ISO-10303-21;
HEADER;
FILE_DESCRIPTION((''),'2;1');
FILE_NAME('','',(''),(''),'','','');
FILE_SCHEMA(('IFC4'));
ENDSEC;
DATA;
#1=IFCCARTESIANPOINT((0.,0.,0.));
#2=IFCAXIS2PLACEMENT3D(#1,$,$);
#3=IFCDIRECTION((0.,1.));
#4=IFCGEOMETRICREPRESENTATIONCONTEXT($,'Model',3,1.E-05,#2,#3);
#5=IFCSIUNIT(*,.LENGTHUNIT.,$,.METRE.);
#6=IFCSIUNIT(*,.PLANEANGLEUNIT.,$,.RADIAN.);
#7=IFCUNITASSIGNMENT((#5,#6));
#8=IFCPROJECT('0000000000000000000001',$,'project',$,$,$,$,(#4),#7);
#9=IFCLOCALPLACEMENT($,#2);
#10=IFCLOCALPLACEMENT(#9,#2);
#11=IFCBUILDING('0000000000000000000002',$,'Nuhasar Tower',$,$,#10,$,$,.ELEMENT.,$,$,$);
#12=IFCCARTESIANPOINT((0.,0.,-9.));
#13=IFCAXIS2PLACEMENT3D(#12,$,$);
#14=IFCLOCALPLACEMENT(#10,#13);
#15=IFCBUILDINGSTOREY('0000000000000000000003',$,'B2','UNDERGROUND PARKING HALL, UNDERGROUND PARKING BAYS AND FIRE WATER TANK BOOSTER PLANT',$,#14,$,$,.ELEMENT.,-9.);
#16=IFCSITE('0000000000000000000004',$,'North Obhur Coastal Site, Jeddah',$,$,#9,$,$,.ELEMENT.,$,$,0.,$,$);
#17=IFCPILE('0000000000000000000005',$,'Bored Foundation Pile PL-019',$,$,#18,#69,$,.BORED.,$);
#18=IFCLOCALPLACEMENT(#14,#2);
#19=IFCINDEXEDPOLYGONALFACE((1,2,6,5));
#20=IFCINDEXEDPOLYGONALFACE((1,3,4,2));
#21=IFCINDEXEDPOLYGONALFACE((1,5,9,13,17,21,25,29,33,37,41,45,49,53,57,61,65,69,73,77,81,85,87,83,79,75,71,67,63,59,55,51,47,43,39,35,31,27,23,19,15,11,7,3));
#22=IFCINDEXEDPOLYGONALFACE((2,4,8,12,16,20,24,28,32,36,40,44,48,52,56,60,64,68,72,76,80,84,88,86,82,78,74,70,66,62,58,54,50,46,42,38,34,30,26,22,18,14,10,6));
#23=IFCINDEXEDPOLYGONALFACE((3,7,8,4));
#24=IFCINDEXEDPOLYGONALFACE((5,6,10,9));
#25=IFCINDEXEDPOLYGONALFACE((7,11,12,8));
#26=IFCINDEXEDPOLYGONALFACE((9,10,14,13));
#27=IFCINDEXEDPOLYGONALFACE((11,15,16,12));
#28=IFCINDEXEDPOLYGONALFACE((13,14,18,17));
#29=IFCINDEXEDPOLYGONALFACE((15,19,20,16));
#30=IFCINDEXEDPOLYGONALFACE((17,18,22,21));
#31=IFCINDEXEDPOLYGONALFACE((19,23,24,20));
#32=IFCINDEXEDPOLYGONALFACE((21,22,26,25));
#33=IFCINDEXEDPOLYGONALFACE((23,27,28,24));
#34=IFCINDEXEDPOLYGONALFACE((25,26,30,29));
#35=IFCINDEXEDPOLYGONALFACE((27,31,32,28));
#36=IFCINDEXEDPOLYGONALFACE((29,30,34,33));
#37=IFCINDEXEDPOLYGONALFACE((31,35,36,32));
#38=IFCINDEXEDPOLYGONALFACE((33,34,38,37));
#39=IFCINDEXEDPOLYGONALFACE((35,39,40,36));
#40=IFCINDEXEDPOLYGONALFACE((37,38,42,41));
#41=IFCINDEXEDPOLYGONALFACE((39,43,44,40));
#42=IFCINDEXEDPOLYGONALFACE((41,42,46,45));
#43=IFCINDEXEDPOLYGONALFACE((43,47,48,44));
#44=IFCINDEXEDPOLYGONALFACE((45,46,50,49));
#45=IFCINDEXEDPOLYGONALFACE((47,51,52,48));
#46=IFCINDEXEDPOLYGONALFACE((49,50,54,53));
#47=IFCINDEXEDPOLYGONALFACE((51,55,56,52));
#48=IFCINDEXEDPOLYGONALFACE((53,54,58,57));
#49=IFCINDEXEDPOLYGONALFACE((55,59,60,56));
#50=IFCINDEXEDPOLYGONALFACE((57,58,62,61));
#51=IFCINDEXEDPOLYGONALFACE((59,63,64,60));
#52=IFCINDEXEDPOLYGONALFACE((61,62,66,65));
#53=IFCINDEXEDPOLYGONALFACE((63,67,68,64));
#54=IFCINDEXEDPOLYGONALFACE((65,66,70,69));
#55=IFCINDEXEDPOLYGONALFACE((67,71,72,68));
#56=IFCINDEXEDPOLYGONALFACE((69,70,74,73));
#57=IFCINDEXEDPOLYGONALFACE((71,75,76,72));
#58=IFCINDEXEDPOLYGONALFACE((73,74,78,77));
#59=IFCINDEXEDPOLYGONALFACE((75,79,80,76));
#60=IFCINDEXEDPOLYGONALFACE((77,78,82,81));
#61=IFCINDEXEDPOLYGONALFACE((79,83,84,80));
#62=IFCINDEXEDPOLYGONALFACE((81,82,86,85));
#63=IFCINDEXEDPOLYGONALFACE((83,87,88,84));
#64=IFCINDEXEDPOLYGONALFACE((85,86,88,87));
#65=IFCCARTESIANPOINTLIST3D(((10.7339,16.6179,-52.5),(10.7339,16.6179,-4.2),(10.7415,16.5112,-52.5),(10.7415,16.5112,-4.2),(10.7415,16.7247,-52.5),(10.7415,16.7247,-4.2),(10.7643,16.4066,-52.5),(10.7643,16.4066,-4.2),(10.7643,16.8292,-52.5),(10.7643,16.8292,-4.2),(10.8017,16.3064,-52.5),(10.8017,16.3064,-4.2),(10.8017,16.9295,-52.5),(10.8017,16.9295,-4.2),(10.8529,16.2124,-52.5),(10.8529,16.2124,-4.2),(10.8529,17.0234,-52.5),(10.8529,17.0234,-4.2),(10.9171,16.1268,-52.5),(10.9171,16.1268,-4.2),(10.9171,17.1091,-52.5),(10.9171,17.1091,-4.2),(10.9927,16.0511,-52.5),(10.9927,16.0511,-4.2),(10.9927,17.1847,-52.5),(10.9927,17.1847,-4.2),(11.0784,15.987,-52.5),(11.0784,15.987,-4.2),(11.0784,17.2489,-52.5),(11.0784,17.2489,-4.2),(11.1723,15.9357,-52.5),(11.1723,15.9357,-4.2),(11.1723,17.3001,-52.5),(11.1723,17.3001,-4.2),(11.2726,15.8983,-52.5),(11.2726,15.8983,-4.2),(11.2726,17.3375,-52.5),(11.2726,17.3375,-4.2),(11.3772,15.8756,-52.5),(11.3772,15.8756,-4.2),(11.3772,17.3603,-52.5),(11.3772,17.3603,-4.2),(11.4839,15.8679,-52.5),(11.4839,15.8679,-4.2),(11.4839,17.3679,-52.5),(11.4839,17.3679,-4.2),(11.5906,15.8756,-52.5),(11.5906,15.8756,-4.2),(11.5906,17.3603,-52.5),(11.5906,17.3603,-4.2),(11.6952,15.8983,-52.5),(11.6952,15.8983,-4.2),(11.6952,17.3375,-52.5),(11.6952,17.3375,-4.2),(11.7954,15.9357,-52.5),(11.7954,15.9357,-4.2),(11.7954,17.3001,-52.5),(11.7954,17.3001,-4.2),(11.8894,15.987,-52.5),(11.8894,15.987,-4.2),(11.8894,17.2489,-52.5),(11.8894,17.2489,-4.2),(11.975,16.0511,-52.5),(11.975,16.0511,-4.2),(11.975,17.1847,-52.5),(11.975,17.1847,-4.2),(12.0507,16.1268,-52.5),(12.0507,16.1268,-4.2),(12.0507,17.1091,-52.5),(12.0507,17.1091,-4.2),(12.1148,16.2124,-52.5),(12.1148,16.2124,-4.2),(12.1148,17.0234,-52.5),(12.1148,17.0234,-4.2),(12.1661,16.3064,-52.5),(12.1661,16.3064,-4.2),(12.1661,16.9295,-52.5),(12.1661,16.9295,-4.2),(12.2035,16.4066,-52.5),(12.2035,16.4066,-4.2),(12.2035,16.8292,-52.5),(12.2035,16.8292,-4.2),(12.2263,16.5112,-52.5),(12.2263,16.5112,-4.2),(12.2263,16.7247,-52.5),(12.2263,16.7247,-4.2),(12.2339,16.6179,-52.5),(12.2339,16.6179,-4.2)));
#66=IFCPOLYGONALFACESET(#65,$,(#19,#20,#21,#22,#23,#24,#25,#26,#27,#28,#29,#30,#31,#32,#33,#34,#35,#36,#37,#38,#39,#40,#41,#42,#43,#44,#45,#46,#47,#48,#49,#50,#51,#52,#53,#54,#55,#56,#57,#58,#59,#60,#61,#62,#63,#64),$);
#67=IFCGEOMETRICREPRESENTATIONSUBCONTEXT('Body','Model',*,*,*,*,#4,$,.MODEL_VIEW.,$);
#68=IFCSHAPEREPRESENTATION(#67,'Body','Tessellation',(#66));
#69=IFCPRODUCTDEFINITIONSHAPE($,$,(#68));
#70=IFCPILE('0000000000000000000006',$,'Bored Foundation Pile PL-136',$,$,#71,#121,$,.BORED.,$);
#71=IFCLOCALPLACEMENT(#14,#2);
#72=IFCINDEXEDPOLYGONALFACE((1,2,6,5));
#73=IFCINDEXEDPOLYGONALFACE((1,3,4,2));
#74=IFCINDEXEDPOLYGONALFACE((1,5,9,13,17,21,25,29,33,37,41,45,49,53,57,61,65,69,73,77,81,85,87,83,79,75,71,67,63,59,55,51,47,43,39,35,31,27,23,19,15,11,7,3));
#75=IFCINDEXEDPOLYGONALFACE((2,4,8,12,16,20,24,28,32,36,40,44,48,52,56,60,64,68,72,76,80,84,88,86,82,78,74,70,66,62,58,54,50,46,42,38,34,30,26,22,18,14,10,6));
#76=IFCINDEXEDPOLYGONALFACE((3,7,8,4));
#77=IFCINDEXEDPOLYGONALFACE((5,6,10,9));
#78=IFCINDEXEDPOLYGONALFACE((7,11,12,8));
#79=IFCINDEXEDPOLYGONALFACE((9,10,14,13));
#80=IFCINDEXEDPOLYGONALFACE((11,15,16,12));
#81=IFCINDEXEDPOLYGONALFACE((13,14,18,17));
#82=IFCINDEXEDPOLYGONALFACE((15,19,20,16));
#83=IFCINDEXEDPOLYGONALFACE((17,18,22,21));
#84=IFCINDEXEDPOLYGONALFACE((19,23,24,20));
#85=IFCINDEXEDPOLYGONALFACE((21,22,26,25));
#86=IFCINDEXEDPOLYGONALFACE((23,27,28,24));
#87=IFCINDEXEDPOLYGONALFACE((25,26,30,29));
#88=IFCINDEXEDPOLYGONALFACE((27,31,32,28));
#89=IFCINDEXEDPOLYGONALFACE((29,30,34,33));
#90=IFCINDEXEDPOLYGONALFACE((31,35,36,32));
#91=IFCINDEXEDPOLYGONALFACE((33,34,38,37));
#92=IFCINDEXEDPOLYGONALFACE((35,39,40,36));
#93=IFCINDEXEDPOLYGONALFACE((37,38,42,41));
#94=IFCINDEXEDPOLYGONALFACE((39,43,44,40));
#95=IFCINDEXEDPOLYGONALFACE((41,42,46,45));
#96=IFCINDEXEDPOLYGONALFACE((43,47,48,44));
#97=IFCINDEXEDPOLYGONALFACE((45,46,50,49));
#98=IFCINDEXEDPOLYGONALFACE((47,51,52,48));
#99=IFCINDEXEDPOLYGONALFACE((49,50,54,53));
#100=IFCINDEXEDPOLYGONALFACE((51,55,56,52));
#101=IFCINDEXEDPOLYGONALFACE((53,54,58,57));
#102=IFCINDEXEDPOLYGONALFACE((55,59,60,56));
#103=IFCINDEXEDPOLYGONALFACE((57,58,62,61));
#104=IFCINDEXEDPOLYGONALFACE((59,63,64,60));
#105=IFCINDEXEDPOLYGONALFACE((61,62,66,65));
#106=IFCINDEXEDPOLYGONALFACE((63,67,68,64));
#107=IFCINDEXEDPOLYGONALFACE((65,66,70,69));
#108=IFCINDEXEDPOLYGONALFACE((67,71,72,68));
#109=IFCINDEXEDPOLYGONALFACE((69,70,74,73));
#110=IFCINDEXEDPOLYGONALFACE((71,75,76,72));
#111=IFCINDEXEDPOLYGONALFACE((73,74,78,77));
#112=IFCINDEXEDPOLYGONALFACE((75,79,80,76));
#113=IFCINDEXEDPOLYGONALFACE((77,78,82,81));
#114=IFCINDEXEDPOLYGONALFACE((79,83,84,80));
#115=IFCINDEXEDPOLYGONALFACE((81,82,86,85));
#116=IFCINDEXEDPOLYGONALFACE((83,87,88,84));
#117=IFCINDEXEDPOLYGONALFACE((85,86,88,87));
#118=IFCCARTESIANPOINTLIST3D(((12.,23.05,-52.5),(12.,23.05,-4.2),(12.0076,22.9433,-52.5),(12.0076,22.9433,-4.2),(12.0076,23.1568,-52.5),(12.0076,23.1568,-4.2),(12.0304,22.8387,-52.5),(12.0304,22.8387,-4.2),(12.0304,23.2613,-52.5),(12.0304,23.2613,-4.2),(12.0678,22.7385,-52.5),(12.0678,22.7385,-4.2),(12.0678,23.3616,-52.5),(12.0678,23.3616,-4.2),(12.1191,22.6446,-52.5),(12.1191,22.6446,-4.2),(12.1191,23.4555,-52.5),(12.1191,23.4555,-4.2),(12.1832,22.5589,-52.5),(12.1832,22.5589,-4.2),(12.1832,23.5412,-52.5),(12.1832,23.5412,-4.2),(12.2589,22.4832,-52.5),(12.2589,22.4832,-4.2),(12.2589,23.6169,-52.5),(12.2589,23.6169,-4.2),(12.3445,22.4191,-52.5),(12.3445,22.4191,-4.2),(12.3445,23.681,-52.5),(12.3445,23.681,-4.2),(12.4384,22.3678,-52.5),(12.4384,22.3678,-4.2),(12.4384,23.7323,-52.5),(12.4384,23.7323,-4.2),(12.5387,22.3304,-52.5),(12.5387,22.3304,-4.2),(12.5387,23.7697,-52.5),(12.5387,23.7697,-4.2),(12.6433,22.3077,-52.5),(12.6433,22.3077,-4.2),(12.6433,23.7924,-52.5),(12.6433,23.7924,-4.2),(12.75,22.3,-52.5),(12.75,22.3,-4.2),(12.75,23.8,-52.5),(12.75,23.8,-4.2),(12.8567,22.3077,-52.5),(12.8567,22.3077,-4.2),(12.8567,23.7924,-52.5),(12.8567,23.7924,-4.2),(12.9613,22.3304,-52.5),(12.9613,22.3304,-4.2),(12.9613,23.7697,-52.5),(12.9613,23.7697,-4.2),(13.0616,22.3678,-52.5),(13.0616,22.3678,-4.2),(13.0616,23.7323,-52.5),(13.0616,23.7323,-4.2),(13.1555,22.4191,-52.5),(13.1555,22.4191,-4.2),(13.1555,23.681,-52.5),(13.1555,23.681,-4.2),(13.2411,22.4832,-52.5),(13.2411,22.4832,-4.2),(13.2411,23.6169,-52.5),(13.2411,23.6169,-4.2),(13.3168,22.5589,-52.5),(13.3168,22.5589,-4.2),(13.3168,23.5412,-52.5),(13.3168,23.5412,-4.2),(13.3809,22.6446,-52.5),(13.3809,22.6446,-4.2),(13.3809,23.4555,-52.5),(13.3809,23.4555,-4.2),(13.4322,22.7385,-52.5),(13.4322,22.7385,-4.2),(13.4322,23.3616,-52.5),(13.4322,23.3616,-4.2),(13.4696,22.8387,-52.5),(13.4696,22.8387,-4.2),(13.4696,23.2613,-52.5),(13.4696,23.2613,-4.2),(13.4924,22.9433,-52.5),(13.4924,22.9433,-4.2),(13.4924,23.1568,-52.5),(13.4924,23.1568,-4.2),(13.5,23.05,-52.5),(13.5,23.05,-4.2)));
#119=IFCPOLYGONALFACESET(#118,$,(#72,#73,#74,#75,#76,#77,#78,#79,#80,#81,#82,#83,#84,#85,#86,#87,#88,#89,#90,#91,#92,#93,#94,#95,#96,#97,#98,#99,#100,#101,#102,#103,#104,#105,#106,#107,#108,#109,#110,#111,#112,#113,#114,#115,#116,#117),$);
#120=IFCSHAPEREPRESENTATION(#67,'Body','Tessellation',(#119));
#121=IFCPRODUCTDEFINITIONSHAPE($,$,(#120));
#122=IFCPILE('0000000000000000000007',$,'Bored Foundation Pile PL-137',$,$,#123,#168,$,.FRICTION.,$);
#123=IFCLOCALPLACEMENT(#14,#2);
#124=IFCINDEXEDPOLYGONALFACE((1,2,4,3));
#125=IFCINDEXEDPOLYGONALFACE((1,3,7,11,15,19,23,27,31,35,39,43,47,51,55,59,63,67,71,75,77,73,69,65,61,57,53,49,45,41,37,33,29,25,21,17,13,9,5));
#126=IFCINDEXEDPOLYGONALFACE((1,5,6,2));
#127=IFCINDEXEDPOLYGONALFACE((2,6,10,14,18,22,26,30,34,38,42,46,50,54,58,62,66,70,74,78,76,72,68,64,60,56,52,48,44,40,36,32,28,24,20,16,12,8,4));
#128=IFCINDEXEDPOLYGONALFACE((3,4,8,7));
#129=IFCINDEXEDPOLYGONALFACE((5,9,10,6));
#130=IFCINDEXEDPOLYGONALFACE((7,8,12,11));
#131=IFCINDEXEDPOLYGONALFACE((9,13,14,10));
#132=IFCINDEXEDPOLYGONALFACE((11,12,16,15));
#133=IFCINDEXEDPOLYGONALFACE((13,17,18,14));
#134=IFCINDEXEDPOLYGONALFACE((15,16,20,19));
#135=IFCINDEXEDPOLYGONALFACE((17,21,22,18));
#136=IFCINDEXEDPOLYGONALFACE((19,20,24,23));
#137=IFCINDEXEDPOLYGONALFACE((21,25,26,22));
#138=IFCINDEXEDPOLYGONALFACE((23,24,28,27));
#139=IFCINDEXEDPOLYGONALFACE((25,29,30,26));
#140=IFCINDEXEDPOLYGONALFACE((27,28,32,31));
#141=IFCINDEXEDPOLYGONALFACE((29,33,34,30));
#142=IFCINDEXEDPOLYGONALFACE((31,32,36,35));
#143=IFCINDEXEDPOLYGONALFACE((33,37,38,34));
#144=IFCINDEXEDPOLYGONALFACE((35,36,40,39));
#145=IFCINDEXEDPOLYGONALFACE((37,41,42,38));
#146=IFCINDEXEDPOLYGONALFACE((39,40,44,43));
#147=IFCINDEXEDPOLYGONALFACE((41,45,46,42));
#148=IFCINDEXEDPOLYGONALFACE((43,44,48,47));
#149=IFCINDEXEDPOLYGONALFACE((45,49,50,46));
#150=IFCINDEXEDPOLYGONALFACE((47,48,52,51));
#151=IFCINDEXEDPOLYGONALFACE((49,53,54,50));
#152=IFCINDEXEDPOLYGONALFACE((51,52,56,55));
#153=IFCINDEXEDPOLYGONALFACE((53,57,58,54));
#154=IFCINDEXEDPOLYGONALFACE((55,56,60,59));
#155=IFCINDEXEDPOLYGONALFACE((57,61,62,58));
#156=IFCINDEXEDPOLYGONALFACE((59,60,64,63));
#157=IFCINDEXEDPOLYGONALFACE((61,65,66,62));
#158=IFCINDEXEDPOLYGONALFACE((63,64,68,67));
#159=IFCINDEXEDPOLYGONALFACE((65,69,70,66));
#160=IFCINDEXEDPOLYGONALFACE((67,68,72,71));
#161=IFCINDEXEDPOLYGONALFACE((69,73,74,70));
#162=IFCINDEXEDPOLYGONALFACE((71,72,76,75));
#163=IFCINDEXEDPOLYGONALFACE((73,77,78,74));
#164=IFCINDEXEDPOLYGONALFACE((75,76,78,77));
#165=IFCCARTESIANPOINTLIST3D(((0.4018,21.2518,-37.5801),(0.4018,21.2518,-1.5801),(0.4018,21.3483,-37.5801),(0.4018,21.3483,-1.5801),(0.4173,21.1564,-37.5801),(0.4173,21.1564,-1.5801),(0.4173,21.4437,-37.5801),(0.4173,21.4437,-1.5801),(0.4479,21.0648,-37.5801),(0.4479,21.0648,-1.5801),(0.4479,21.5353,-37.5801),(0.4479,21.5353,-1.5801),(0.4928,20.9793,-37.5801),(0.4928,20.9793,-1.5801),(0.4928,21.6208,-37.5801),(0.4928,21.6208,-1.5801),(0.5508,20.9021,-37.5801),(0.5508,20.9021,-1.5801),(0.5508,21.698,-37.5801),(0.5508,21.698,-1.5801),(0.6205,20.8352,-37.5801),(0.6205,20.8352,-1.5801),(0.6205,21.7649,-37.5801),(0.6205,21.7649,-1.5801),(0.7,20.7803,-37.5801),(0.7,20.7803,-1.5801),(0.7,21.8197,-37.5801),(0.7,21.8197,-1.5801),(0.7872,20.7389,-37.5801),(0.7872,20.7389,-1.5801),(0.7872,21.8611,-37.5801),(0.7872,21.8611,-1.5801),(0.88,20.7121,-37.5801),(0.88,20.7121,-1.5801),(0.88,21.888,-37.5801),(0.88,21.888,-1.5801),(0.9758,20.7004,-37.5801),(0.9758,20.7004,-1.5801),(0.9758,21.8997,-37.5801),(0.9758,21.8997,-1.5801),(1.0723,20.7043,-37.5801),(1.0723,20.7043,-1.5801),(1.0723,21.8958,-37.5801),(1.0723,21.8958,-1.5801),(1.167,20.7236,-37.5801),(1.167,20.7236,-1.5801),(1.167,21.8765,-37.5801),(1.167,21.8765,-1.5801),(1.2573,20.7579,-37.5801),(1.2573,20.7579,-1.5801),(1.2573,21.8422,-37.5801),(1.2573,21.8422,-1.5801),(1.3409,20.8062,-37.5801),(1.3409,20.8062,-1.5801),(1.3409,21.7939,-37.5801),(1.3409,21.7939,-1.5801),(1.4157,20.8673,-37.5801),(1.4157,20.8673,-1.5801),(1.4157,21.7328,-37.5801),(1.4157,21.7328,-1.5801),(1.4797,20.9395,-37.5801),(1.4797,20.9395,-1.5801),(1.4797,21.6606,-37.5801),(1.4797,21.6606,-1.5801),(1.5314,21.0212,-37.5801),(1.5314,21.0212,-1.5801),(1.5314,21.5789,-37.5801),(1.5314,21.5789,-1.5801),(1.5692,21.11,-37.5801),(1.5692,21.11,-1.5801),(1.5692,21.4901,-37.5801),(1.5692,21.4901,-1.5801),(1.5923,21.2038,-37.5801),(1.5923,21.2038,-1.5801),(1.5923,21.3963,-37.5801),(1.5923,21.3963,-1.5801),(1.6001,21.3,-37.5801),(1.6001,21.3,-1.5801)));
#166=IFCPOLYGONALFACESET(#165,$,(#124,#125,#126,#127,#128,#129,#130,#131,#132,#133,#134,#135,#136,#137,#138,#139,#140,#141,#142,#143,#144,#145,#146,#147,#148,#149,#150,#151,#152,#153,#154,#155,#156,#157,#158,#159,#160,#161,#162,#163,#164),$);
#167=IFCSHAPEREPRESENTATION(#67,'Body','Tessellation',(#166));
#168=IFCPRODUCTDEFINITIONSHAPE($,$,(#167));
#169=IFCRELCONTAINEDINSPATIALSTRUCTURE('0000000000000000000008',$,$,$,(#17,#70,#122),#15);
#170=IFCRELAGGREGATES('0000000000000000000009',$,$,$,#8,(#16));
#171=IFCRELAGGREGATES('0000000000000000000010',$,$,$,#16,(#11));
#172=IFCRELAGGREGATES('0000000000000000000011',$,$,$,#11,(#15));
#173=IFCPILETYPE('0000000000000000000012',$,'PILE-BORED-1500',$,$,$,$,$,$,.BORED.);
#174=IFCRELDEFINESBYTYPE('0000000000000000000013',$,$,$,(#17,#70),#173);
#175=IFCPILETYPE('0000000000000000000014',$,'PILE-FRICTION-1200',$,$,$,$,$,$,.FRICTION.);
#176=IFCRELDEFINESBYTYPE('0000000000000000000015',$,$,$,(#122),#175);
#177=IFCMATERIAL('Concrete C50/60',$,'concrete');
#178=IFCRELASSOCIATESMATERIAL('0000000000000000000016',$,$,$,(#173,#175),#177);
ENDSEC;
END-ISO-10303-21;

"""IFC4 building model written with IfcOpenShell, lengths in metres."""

from ifc_helpers import new_model, si_unit, direction, frame, origin, origin_2d, place, context, subcontext, project, spatial, circle, extrude, material, material_profile, profile_set, type_object, element, save


model = new_model("IFC4")

# Units and contexts
model_context = context("Model", 3, precision=1e-05, world=origin(), true_north=direction((0.0, 1.0)))
body_context = subcontext(model_context, "Body", "Model", "MODEL_VIEW")
ifc_project = project(units=[si_unit("LENGTHUNIT", "METRE"), si_unit("PLANEANGLEUNIT", "RADIAN")], contexts=[model_context])

# Site, building, storey
site_placement = place(None, origin())
site = spatial("IfcSite", under=ifc_project, at=site_placement, Name="North Obhur Coastal Site, Jeddah", CompositionType="ELEMENT", RefElevation=0.0)
building_placement = place(site_placement, origin())
building = spatial("IfcBuilding", under=site, at=building_placement, Name="Nuhasar Tower", CompositionType="ELEMENT")
storey_placement = place(building_placement, frame((0.0, 0.0, -9.0)))
storey = spatial("IfcBuildingStorey", under=building, at=storey_placement, Name="B2", Description="UNDERGROUND PARKING HALL, UNDERGROUND PARKING BAYS AND FIRE WATER TANK BOOSTER PLANT", CompositionType="ELEMENT", Elevation=-9.0)

# Shared definitions
ifc_material_1 = material(Name="Concrete C50/60", Category="concrete")

# Piles
ifc_material_profile_1 = material_profile(ifc_material_1, circle(Radius=0.75, at=origin_2d()), Name="PILE1500")
ifc_profile_set_1 = profile_set([ifc_material_profile_1], Name="Concrete C50/60")
pile_type_1 = type_object("IfcPileType", Name="PILE-BORED-1500", PredefinedType="BORED", material=ifc_profile_set_1)
for number, where, z_axis, x_axis, name in (
    (1, (11.4839, 16.6179, -4.2), (0.0, 0.0, -1.0), (1.0, 0.0, 0.0), "Bored Foundation Pile PL-019"),
    (2, (12.75, 23.05, -4.2), (0.0, 0.0, -1.0), (1.0, 0.0, 0.0), "Bored Foundation Pile PL-136"),
):
    element("IfcPile", number, at=place(storey_placement, frame(where, z_axis=z_axis, x_axis=x_axis)), inside=storey, type_object=pile_type_1, Name=name, PredefinedType="BORED", context=body_context, shape_type="SweptSolid", body=[
        extrude(circle(Radius=0.75, at=origin_2d()), origin(), (0.0, 0.0, 1.0), 48.3),
    ])
ifc_material_profile_2 = material_profile(ifc_material_1, circle(Radius=0.6001, at=origin_2d()), Name="PILE1200")
ifc_profile_set_2 = profile_set([ifc_material_profile_2], Name="Concrete C50/60")
pile_type_2 = type_object("IfcPileType", Name="PILE-FRICTION-1200", PredefinedType="FRICTION", material=ifc_profile_set_2)
for number, where, z_axis, x_axis, name in (
    (3, (1.0, 21.3, -1.5801), (0.0, 0.0, -1.0), (1.0, 0.0, 0.0), "Bored Foundation Pile PL-137"),
):
    element("IfcPile", number, at=place(storey_placement, frame(where, z_axis=z_axis, x_axis=x_axis)), inside=storey, type_object=pile_type_2, Name=name, PredefinedType="FRICTION", context=body_context, shape_type="SweptSolid", body=[
        extrude(circle(Radius=0.6001, at=origin_2d()), origin(), (0.0, 0.0, 1.0), 36.0),
    ])

save(model, "model.ifc")
